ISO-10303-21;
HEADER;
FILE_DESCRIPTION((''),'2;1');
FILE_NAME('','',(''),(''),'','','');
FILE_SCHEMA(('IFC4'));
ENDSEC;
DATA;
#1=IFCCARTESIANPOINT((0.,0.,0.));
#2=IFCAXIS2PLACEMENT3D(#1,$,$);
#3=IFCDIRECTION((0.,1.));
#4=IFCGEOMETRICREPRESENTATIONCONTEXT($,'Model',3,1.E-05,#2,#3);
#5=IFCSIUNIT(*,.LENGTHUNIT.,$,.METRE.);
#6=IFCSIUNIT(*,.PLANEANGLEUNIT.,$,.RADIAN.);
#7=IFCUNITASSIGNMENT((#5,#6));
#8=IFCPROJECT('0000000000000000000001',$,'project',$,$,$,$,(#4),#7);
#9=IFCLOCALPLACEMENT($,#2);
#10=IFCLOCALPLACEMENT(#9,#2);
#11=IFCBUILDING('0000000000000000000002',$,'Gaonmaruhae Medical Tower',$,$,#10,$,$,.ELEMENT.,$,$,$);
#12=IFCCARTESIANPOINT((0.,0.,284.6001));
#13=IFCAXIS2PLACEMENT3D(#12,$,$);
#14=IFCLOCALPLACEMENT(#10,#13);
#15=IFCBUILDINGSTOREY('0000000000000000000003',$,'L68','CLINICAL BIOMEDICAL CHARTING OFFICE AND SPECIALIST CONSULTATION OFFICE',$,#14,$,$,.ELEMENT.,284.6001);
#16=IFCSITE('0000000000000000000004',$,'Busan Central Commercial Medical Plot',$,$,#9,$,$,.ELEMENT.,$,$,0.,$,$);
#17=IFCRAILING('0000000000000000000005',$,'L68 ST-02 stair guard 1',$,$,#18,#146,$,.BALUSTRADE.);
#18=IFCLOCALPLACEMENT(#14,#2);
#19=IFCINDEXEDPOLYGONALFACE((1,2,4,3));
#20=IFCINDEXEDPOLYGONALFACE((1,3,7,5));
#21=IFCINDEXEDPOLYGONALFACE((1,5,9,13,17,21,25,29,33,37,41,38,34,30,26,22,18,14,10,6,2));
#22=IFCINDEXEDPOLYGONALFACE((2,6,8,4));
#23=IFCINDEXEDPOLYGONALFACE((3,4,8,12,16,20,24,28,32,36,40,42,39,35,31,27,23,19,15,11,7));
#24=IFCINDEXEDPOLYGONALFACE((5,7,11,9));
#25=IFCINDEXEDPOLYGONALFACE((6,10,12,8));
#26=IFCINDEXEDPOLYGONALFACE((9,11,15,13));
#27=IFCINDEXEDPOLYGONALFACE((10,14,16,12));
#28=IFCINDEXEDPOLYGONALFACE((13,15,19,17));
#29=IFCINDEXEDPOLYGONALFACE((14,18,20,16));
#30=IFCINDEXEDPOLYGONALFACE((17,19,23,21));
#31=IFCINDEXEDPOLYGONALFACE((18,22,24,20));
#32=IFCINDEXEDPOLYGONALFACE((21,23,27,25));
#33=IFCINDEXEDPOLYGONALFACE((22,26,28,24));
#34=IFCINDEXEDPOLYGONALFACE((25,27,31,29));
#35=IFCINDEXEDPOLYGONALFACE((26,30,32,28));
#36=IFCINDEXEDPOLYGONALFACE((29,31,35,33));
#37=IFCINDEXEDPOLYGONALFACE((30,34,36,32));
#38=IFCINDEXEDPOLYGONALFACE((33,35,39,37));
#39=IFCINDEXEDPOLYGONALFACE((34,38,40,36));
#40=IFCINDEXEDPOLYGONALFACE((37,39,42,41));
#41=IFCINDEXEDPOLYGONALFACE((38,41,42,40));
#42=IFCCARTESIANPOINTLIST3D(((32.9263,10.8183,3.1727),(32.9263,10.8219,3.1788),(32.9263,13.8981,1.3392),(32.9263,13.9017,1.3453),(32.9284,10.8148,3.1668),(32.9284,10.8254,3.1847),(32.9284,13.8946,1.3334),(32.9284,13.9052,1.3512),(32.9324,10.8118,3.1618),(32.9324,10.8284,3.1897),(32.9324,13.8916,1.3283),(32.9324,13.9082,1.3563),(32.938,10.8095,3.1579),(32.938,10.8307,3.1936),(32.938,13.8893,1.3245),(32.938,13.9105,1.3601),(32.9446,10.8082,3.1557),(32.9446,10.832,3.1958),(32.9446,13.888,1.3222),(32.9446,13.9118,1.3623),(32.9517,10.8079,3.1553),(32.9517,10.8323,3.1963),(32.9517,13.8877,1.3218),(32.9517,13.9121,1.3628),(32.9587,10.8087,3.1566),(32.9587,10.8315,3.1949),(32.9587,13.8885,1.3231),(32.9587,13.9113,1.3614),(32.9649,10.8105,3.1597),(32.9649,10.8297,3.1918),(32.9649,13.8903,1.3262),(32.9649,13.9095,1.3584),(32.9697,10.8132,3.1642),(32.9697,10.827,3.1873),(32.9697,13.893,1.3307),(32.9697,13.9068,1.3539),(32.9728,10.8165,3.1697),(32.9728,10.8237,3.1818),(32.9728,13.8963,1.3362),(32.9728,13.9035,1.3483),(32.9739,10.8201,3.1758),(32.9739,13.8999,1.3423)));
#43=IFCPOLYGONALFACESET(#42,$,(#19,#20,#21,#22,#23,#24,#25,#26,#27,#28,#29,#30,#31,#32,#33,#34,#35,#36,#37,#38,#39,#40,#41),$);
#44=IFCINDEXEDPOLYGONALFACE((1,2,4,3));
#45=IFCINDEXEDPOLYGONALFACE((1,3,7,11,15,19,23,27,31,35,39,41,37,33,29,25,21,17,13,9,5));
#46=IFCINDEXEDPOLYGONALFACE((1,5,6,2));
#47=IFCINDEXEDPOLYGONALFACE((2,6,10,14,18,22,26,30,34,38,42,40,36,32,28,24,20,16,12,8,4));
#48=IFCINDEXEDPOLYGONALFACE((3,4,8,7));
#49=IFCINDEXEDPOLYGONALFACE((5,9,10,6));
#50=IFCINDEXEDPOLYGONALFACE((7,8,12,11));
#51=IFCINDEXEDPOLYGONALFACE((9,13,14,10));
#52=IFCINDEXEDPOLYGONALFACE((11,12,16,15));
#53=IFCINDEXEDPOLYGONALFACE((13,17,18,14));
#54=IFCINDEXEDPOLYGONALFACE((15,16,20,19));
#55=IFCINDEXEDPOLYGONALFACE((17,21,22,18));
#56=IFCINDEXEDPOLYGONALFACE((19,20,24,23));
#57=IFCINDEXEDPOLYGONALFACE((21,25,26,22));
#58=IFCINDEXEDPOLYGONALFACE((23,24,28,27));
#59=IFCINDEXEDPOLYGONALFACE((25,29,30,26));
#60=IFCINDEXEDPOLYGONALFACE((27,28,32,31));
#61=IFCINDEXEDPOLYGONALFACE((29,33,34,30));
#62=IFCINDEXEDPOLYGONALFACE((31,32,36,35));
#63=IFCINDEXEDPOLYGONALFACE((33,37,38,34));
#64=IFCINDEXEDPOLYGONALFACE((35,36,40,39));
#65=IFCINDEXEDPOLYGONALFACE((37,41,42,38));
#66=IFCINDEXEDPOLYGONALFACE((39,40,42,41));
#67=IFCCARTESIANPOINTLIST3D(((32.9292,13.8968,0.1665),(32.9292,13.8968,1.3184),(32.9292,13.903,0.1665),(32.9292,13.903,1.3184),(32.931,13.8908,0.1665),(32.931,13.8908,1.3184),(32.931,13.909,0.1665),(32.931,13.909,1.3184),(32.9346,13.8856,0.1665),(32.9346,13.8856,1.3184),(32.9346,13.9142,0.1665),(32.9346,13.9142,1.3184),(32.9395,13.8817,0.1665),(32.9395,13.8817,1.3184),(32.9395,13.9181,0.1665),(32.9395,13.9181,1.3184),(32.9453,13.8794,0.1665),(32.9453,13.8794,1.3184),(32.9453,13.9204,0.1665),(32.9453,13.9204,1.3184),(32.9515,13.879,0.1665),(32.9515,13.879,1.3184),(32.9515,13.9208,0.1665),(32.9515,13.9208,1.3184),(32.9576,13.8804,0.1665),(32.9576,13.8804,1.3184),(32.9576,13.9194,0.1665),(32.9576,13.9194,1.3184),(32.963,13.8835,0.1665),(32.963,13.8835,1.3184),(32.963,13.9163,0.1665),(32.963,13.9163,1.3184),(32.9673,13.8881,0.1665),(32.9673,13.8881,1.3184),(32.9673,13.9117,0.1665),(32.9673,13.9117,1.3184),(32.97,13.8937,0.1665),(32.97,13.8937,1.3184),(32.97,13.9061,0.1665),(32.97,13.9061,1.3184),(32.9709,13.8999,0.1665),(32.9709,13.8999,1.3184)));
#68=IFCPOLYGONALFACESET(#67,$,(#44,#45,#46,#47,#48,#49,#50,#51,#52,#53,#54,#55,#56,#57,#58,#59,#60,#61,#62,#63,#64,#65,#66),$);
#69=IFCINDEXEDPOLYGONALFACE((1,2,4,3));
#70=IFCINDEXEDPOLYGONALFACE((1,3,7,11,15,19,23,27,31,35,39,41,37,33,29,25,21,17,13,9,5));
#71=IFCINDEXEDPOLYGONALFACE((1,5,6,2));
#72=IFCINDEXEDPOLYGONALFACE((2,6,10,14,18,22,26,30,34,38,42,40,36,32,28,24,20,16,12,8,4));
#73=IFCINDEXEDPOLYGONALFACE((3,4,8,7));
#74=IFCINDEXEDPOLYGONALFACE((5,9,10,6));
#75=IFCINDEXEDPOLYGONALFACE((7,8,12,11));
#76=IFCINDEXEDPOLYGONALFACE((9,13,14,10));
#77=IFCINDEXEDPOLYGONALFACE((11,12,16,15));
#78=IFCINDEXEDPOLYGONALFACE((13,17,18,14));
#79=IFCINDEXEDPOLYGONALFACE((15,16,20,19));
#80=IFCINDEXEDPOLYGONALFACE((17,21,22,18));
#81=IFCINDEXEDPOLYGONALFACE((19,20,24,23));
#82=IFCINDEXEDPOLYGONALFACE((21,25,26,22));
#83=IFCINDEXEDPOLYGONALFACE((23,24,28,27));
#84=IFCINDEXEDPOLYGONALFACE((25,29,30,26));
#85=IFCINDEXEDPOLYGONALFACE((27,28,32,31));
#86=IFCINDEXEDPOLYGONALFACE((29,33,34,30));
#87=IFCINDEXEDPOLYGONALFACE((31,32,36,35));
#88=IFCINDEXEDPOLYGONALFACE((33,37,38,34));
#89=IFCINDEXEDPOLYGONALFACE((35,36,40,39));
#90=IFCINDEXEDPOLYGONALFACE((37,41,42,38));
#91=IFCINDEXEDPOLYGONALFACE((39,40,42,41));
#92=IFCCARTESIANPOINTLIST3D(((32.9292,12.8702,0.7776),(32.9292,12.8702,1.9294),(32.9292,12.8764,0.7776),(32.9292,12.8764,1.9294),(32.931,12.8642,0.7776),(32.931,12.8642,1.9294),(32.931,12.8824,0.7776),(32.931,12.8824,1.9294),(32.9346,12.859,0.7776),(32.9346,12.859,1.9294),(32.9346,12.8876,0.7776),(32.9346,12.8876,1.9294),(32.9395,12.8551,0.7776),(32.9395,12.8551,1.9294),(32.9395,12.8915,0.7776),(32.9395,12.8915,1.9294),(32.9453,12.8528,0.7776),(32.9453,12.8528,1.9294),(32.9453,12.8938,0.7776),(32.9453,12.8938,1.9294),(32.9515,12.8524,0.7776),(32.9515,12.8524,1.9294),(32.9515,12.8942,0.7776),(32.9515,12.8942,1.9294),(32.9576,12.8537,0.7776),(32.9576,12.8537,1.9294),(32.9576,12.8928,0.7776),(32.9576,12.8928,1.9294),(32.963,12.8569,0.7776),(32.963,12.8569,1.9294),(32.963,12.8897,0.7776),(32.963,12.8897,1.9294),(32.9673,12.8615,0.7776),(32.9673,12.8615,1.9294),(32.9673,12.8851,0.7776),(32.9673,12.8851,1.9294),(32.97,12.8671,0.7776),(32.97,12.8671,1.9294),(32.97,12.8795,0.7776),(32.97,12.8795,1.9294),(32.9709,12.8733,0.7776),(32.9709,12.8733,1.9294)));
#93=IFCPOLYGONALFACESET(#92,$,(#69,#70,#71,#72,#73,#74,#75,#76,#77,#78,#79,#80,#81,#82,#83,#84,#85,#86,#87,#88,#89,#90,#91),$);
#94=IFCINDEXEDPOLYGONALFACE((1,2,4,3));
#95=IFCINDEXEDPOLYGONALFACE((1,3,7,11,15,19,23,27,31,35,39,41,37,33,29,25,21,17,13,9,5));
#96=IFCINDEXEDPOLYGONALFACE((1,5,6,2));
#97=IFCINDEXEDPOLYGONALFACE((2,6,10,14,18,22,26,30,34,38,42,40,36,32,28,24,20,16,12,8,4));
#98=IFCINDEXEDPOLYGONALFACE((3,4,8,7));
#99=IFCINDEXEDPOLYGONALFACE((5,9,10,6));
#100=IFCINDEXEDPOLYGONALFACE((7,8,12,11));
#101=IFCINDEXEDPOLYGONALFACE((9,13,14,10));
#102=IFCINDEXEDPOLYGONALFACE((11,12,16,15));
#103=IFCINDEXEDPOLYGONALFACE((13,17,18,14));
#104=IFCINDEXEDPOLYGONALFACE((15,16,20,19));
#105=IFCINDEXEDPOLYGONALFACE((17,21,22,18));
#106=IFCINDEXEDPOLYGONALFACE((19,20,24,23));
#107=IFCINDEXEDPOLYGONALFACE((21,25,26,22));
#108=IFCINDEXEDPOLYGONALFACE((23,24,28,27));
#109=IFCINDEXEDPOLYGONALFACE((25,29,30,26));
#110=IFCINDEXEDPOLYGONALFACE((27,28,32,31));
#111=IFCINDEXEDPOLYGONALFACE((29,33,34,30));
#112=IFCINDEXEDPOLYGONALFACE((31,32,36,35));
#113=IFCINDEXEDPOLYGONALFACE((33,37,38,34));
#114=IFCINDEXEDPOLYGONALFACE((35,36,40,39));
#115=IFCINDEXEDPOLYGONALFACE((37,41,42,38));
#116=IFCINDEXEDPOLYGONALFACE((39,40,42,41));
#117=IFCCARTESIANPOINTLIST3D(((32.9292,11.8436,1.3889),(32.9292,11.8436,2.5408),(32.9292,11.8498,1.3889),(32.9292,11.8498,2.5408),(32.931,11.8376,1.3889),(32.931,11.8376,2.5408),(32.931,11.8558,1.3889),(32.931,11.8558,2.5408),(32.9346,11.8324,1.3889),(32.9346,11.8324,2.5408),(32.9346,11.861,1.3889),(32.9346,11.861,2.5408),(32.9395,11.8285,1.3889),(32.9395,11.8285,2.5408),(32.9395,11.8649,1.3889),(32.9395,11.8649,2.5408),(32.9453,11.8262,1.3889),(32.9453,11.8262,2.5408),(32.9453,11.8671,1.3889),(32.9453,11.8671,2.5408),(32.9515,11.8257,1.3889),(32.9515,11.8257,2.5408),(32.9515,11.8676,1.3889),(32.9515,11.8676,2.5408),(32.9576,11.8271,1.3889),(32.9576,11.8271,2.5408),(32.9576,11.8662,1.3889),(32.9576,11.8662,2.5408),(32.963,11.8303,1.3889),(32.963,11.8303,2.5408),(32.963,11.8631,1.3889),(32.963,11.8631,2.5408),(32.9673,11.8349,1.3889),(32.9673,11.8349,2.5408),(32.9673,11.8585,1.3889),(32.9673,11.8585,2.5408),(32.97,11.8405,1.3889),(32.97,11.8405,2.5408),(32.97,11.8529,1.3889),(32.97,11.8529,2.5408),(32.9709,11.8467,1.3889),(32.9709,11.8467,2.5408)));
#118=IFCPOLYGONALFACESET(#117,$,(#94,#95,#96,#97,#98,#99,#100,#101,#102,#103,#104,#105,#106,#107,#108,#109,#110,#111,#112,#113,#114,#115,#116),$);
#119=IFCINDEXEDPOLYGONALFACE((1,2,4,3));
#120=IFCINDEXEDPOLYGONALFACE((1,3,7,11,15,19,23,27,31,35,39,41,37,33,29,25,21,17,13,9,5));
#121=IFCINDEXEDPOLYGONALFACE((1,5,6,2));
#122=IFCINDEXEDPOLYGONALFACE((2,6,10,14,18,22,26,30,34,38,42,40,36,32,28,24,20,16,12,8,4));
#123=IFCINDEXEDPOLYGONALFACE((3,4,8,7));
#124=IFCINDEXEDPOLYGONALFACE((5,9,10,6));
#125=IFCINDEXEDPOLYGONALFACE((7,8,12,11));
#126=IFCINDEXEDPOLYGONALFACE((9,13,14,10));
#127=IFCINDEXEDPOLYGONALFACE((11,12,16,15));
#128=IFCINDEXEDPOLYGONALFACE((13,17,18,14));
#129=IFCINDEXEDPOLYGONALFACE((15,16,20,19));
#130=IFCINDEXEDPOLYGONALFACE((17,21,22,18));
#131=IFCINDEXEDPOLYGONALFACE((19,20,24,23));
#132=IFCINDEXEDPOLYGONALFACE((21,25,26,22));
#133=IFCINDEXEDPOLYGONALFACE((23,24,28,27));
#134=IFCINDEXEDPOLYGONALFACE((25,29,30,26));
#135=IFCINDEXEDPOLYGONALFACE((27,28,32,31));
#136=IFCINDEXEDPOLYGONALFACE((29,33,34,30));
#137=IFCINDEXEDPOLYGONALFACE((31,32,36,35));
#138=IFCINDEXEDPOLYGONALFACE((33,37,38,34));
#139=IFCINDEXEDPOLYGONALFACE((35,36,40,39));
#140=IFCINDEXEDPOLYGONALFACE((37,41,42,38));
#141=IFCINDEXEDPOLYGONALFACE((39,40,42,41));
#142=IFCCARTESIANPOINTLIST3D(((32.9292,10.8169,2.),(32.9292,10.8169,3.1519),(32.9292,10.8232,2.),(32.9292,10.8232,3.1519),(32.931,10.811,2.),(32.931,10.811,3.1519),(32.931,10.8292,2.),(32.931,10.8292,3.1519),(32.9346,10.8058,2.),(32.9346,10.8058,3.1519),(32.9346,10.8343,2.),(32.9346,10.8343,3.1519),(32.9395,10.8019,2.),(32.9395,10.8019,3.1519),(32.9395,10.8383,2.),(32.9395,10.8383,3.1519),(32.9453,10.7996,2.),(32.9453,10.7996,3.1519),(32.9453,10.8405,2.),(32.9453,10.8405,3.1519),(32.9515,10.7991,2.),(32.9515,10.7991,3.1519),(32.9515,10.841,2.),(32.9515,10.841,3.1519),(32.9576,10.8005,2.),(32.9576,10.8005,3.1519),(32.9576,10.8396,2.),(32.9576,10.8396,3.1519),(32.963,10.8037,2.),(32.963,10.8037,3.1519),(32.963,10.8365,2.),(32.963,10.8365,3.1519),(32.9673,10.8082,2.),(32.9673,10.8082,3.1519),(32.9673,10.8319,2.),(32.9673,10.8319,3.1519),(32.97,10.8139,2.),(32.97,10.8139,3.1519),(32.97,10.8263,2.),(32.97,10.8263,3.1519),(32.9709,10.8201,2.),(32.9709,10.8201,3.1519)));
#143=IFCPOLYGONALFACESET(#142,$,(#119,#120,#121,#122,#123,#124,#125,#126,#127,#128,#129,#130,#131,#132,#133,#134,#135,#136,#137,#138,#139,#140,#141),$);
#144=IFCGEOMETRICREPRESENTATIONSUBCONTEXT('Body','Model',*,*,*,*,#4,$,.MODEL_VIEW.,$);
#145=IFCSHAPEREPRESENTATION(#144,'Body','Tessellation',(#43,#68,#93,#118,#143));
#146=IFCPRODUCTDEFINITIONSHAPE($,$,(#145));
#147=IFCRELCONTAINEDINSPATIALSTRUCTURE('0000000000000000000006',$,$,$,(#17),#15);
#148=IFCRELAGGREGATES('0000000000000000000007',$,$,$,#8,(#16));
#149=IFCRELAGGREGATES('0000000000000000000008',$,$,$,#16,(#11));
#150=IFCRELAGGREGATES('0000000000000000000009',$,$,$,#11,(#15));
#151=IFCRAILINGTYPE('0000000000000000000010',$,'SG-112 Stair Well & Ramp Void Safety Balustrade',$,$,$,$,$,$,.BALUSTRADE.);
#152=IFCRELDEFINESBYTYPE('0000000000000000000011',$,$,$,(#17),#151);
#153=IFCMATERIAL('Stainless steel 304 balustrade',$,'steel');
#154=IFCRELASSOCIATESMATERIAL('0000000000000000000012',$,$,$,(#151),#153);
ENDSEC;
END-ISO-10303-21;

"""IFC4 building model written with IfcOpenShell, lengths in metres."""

from ifc_helpers import new_model, si_unit, direction, frame, origin, origin_2d, place, context, subcontext, project, spatial, circle, extrude, material, type_object, element, save


model = new_model("IFC4")

# Units and contexts
model_context = context("Model", 3, precision=1e-05, world=origin(), true_north=direction((0.0, 1.0)))
body_context = subcontext(model_context, "Body", "Model", "MODEL_VIEW")
ifc_project = project(units=[si_unit("LENGTHUNIT", "METRE"), si_unit("PLANEANGLEUNIT", "RADIAN")], contexts=[model_context])

# Site, building, storey
site_placement = place(None, origin())
site = spatial("IfcSite", under=ifc_project, at=site_placement, Name="Busan Central Commercial Medical Plot", CompositionType="ELEMENT", RefElevation=0.0)
building_placement = place(site_placement, origin())
building = spatial("IfcBuilding", under=site, at=building_placement, Name="Gaonmaruhae Medical Tower", CompositionType="ELEMENT")
storey_placement = place(building_placement, frame((0.0, 0.0, 284.6001)))
storey = spatial("IfcBuildingStorey", under=building, at=storey_placement, Name="L68", Description="CLINICAL BIOMEDICAL CHARTING OFFICE AND SPECIALIST CONSULTATION OFFICE", CompositionType="ELEMENT", Elevation=284.6001)

# Railing
ifc_material_1 = material(Name="Stainless steel 304 balustrade", Category="steel")
railing_type_1 = type_object("IfcRailingType", Name="SG-112 Stair Well & Ramp Void Safety Balustrade", PredefinedType="BALUSTRADE", material=ifc_material_1)
railing_1_placement = place(storey_placement, frame((32.95, 13.8999, 0.1665)))
element("IfcRailing", 1, at=railing_1_placement, inside=storey, type_object=railing_type_1, Name="L68 ST-02 stair guard 1", PredefinedType="BALUSTRADE", context=body_context, shape_type="SweptSolid", body=[
    extrude(circle(Radius=0.0239, at=origin_2d()), frame((0.0, 0.0, 1.1758), z_axis=(0.0, -0.859261, 0.511538), x_axis=(1.0, 0.0, 0.0)), (0.0, 0.0, 1.0), 3.5842),
    extrude(circle(Radius=0.021, at=origin_2d()), origin(), (0.0, 0.0, 1.0), 1.1519),
    extrude(circle(Radius=0.021, at=origin_2d()), frame((0.0, -1.0266, 0.6111)), (0.0, 0.0, 1.0), 1.1519),
    extrude(circle(Radius=0.021, at=origin_2d()), frame((0.0, -2.0532, 1.2224)), (0.0, 0.0, 1.0), 1.1519),
    extrude(circle(Radius=0.021, at=origin_2d()), frame((0.0, -3.0798, 1.8335)), (0.0, 0.0, 1.0), 1.1519),
])

save(model, "model.ifc")
